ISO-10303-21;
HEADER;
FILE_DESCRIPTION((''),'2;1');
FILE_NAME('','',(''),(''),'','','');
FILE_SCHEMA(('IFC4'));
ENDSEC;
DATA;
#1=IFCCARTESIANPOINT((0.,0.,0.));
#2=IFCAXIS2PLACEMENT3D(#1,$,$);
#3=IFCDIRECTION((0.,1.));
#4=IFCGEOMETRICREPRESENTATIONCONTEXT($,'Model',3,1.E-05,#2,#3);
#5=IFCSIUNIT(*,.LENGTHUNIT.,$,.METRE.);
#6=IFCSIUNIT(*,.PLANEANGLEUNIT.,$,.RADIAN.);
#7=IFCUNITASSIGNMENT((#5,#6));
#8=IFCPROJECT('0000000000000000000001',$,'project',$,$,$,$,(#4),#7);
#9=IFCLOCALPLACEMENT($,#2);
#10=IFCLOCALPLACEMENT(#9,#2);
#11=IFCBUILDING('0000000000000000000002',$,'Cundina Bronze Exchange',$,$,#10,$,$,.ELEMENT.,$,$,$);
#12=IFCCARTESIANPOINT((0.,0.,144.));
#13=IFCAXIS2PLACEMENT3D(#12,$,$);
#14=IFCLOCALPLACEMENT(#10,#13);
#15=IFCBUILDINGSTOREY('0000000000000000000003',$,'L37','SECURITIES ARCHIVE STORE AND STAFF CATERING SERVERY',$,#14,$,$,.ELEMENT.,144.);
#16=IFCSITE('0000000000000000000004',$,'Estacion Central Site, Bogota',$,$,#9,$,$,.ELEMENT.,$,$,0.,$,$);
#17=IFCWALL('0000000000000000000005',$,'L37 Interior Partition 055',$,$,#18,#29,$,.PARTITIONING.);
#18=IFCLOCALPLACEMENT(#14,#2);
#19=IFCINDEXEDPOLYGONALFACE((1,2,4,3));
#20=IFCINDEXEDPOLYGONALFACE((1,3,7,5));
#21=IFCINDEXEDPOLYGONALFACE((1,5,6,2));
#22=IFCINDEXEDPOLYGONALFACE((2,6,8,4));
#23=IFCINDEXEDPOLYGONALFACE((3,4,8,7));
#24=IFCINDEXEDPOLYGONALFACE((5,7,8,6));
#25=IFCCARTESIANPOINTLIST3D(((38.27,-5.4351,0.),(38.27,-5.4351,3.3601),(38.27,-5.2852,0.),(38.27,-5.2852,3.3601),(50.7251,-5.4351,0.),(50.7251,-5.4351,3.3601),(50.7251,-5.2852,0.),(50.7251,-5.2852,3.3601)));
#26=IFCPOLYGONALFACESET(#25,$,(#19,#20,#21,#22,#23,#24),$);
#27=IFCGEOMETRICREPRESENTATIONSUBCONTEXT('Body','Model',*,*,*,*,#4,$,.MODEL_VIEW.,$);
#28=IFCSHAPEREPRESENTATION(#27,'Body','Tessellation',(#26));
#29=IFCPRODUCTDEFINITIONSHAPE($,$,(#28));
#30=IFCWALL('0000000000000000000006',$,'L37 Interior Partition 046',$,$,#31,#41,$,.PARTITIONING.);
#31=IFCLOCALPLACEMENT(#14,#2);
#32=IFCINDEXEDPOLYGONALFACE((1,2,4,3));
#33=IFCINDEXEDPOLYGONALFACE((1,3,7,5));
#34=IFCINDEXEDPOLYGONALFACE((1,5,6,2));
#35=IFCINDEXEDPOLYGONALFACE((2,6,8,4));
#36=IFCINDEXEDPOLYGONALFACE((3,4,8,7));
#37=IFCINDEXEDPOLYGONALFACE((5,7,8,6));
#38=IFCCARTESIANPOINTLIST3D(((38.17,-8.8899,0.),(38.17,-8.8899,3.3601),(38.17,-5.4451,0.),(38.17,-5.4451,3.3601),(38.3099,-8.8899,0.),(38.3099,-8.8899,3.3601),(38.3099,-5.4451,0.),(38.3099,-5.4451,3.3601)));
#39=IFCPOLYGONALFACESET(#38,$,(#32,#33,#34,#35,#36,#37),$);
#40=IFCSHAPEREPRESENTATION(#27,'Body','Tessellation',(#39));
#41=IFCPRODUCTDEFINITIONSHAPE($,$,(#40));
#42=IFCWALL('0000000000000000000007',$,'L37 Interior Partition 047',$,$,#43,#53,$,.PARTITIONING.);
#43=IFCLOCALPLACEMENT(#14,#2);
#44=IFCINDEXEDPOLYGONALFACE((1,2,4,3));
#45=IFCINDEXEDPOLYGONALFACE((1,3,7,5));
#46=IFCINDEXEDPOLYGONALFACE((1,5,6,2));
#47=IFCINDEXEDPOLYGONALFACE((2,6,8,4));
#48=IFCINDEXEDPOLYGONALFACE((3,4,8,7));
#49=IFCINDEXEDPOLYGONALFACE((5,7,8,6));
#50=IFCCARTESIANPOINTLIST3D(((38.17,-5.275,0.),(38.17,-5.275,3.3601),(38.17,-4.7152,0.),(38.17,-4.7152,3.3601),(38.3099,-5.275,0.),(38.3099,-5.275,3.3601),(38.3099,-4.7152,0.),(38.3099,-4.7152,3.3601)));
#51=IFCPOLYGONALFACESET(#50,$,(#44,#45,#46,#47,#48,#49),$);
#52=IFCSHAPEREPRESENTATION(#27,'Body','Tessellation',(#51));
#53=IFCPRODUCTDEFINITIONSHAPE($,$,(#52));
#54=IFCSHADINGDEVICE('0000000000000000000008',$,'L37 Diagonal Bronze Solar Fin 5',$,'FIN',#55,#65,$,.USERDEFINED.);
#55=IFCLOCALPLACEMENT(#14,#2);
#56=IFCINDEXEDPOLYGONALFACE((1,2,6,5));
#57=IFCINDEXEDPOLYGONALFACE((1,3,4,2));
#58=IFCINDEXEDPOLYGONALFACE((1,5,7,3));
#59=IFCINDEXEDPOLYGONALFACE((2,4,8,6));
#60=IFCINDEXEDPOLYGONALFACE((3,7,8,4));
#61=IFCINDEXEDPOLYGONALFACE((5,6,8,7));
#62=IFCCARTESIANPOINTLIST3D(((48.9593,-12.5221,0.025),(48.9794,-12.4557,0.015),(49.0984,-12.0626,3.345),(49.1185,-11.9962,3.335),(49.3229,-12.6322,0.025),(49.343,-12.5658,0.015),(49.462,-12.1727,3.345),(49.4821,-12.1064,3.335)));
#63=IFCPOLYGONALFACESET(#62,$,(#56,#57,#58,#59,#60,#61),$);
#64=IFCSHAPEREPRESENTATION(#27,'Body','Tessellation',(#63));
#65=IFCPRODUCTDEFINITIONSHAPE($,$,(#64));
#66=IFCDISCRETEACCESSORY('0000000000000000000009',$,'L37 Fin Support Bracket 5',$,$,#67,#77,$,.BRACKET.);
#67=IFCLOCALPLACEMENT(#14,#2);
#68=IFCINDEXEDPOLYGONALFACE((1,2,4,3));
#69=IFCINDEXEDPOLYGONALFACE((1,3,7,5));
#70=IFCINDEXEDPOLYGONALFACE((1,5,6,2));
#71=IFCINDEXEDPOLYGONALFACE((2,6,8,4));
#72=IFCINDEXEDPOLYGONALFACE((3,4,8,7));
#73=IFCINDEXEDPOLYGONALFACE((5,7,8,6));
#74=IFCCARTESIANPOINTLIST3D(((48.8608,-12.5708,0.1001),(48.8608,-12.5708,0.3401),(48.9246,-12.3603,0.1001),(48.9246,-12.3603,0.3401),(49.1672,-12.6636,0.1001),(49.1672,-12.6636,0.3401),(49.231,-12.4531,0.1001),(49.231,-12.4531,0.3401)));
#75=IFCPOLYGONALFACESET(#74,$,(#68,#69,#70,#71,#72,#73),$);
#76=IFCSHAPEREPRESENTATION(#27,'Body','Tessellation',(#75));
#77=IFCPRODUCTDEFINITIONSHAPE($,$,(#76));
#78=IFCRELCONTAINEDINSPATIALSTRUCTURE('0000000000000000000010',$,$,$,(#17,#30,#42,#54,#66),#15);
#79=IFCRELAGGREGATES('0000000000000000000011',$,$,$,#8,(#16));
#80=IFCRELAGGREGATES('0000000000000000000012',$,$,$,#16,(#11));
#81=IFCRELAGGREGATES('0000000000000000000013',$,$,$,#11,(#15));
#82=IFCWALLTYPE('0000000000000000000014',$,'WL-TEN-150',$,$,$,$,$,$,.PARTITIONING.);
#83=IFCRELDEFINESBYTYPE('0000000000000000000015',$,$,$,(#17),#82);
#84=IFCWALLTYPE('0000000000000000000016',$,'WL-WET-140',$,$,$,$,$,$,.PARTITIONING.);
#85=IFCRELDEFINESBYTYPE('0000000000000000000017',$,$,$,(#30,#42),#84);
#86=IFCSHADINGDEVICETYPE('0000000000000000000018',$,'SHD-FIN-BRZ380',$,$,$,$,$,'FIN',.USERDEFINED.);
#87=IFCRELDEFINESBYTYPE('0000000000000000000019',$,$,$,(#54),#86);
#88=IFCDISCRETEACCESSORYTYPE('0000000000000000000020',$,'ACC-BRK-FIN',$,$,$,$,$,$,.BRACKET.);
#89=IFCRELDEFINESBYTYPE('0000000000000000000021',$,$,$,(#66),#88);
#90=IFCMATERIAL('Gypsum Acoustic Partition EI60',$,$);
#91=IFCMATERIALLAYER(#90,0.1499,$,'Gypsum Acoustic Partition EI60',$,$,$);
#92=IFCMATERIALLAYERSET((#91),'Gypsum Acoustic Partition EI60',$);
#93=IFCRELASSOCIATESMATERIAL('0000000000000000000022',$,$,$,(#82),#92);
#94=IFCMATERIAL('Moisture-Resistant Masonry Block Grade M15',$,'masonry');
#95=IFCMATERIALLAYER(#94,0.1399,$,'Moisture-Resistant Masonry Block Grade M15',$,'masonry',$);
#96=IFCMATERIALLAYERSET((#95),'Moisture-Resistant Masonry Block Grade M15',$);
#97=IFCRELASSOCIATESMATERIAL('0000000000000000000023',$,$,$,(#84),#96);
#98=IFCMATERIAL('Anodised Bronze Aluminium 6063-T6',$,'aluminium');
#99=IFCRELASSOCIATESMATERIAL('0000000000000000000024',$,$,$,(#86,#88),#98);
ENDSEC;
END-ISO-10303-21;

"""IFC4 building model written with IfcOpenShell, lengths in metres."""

from ifc_helpers import new_model, si_unit, direction, frame, frame_2d, origin, origin_2d, place, context, subcontext, project, spatial, rectangle, extrude, material, layer, layer_set, material_profile, profile_set, type_object, element, save


model = new_model("IFC4")

# Units and contexts
model_context = context("Model", 3, precision=1e-05, world=origin(), true_north=direction((0.0, 1.0)))
body_context = subcontext(model_context, "Body", "Model", "MODEL_VIEW")
ifc_project = project(units=[si_unit("LENGTHUNIT", "METRE"), si_unit("PLANEANGLEUNIT", "RADIAN")], contexts=[model_context])

# Site, building, storey
site_placement = place(None, origin())
site = spatial("IfcSite", under=ifc_project, at=site_placement, Name="Estacion Central Site, Bogota", CompositionType="ELEMENT", RefElevation=0.0)
building_placement = place(site_placement, origin())
building = spatial("IfcBuilding", under=site, at=building_placement, Name="Cundina Bronze Exchange", CompositionType="ELEMENT")
storey_placement = place(building_placement, frame((0.0, 0.0, 144.0)))
storey = spatial("IfcBuildingStorey", under=building, at=storey_placement, Name="L37", Description="SECURITIES ARCHIVE STORE AND STAFF CATERING SERVERY", CompositionType="ELEMENT", Elevation=144.0)

# Shared definitions
ifc_material_1 = material(Name="Anodised Bronze Aluminium 6063-T6", Category="aluminium")

# Walls
ifc_material_2 = material(Name="Gypsum Acoustic Partition EI60")
ifc_layer_1 = layer(ifc_material_2, 0.1499, Name="Gypsum Acoustic Partition EI60")
ifc_layer_set_1 = layer_set([ifc_layer_1], Name="Gypsum Acoustic Partition EI60")
wall_type_1 = type_object("IfcWallType", Name="WL-TEN-150", PredefinedType="PARTITIONING", material=ifc_layer_set_1)
wall_1_placement = place(storey_placement, frame((38.27, -5.3601, 0.0), z_axis=(0.0, 0.0, 1.0), x_axis=(1.0, 0.0, 0.0)))
element("IfcWall", 1, at=wall_1_placement, inside=storey, type_object=wall_type_1, Name="L37 Interior Partition 055", PredefinedType="PARTITIONING", context=body_context, shape_type="SweptSolid", body=[
    extrude(rectangle(XDim=12.4551, YDim=0.1499, at=frame_2d((6.2275, 0.0))), origin(), (0.0, 0.0, 1.0), 3.3601),
])
ifc_material_3 = material(Name="Moisture-Resistant Masonry Block Grade M15", Category="masonry")
ifc_layer_2 = layer(ifc_material_3, 0.1399, Name="Moisture-Resistant Masonry Block Grade M15", Category="masonry")
ifc_layer_set_2 = layer_set([ifc_layer_2], Name="Moisture-Resistant Masonry Block Grade M15")
wall_type_2 = type_object("IfcWallType", Name="WL-WET-140", PredefinedType="PARTITIONING", material=ifc_layer_set_2)
wall_2_placement = place(storey_placement, frame((38.24, -8.8899, 0.0), z_axis=(0.0, 0.0, 1.0), x_axis=(0.0, 1.0, 0.0)))
element("IfcWall", 2, at=wall_2_placement, inside=storey, type_object=wall_type_2, Name="L37 Interior Partition 046", PredefinedType="PARTITIONING", context=body_context, shape_type="SweptSolid", body=[
    extrude(rectangle(XDim=3.4448, YDim=0.1399, at=frame_2d((1.7224, 0.0))), origin(), (0.0, 0.0, 1.0), 3.3601),
])
wall_3_placement = place(storey_placement, frame((38.24, -5.2749, 0.0), z_axis=(0.0, 0.0, 1.0), x_axis=(0.0, 1.0, 0.0)))
element("IfcWall", 3, at=wall_3_placement, inside=storey, type_object=wall_type_2, Name="L37 Interior Partition 047", PredefinedType="PARTITIONING", context=body_context, shape_type="SweptSolid", body=[
    extrude(rectangle(XDim=0.5598, YDim=0.1399, at=frame_2d((0.2798, 0.0))), origin(), (0.0, 0.0, 1.0), 3.3601),
])

# Shading device
ifc_material_profile_1 = material_profile(ifc_material_1, rectangle(XDim=0.0701, YDim=0.3799, at=origin_2d()), Name="FIN70X380", Category="aluminium")
ifc_profile_set_1 = profile_set([ifc_material_profile_1], Name="Anodised Bronze Aluminium 6063-T6")
shading_device_type = type_object("IfcShadingDeviceType", Name="SHD-FIN-BRZ380", ElementType="FIN", PredefinedType="USERDEFINED", material=ifc_profile_set_1)
shading_device_placement = place(storey_placement, frame((49.1511, -12.5439, 0.02), z_axis=(0.041483, 0.136968, 0.989706), x_axis=(-0.286883, -0.947216, 0.143112)))
element("IfcShadingDevice", 4, at=shading_device_placement, inside=storey, type_object=shading_device_type, Name="L37 Diagonal Bronze Solar Fin 5", ObjectType="FIN", PredefinedType="USERDEFINED", context=body_context, shape_type="SweptSolid", body=[
    extrude(rectangle(XDim=0.0701, YDim=0.3799, at=origin_2d()), origin(), (0.0, 0.0, 1.0), 3.3545),
])

# Discrete accessory
discrete_accessory_type = type_object("IfcDiscreteAccessoryType", Name="ACC-BRK-FIN", PredefinedType="BRACKET", material=ifc_material_1)
discrete_accessory_placement = place(storey_placement, frame((49.0459, -12.512, 0.1001), z_axis=(0.0, 0.0, 1.0), x_axis=(0.290051, 0.957011, 0.0)))
element("IfcDiscreteAccessory", 5, at=discrete_accessory_placement, inside=storey, type_object=discrete_accessory_type, Name="L37 Fin Support Bracket 5", PredefinedType="BRACKET", context=body_context, shape_type="SweptSolid", body=[
    extrude(rectangle(XDim=0.22, YDim=0.3201, at=origin_2d()), origin(), (0.0, 0.0, 1.0), 0.24),
])

save(model, "model.ifc")
